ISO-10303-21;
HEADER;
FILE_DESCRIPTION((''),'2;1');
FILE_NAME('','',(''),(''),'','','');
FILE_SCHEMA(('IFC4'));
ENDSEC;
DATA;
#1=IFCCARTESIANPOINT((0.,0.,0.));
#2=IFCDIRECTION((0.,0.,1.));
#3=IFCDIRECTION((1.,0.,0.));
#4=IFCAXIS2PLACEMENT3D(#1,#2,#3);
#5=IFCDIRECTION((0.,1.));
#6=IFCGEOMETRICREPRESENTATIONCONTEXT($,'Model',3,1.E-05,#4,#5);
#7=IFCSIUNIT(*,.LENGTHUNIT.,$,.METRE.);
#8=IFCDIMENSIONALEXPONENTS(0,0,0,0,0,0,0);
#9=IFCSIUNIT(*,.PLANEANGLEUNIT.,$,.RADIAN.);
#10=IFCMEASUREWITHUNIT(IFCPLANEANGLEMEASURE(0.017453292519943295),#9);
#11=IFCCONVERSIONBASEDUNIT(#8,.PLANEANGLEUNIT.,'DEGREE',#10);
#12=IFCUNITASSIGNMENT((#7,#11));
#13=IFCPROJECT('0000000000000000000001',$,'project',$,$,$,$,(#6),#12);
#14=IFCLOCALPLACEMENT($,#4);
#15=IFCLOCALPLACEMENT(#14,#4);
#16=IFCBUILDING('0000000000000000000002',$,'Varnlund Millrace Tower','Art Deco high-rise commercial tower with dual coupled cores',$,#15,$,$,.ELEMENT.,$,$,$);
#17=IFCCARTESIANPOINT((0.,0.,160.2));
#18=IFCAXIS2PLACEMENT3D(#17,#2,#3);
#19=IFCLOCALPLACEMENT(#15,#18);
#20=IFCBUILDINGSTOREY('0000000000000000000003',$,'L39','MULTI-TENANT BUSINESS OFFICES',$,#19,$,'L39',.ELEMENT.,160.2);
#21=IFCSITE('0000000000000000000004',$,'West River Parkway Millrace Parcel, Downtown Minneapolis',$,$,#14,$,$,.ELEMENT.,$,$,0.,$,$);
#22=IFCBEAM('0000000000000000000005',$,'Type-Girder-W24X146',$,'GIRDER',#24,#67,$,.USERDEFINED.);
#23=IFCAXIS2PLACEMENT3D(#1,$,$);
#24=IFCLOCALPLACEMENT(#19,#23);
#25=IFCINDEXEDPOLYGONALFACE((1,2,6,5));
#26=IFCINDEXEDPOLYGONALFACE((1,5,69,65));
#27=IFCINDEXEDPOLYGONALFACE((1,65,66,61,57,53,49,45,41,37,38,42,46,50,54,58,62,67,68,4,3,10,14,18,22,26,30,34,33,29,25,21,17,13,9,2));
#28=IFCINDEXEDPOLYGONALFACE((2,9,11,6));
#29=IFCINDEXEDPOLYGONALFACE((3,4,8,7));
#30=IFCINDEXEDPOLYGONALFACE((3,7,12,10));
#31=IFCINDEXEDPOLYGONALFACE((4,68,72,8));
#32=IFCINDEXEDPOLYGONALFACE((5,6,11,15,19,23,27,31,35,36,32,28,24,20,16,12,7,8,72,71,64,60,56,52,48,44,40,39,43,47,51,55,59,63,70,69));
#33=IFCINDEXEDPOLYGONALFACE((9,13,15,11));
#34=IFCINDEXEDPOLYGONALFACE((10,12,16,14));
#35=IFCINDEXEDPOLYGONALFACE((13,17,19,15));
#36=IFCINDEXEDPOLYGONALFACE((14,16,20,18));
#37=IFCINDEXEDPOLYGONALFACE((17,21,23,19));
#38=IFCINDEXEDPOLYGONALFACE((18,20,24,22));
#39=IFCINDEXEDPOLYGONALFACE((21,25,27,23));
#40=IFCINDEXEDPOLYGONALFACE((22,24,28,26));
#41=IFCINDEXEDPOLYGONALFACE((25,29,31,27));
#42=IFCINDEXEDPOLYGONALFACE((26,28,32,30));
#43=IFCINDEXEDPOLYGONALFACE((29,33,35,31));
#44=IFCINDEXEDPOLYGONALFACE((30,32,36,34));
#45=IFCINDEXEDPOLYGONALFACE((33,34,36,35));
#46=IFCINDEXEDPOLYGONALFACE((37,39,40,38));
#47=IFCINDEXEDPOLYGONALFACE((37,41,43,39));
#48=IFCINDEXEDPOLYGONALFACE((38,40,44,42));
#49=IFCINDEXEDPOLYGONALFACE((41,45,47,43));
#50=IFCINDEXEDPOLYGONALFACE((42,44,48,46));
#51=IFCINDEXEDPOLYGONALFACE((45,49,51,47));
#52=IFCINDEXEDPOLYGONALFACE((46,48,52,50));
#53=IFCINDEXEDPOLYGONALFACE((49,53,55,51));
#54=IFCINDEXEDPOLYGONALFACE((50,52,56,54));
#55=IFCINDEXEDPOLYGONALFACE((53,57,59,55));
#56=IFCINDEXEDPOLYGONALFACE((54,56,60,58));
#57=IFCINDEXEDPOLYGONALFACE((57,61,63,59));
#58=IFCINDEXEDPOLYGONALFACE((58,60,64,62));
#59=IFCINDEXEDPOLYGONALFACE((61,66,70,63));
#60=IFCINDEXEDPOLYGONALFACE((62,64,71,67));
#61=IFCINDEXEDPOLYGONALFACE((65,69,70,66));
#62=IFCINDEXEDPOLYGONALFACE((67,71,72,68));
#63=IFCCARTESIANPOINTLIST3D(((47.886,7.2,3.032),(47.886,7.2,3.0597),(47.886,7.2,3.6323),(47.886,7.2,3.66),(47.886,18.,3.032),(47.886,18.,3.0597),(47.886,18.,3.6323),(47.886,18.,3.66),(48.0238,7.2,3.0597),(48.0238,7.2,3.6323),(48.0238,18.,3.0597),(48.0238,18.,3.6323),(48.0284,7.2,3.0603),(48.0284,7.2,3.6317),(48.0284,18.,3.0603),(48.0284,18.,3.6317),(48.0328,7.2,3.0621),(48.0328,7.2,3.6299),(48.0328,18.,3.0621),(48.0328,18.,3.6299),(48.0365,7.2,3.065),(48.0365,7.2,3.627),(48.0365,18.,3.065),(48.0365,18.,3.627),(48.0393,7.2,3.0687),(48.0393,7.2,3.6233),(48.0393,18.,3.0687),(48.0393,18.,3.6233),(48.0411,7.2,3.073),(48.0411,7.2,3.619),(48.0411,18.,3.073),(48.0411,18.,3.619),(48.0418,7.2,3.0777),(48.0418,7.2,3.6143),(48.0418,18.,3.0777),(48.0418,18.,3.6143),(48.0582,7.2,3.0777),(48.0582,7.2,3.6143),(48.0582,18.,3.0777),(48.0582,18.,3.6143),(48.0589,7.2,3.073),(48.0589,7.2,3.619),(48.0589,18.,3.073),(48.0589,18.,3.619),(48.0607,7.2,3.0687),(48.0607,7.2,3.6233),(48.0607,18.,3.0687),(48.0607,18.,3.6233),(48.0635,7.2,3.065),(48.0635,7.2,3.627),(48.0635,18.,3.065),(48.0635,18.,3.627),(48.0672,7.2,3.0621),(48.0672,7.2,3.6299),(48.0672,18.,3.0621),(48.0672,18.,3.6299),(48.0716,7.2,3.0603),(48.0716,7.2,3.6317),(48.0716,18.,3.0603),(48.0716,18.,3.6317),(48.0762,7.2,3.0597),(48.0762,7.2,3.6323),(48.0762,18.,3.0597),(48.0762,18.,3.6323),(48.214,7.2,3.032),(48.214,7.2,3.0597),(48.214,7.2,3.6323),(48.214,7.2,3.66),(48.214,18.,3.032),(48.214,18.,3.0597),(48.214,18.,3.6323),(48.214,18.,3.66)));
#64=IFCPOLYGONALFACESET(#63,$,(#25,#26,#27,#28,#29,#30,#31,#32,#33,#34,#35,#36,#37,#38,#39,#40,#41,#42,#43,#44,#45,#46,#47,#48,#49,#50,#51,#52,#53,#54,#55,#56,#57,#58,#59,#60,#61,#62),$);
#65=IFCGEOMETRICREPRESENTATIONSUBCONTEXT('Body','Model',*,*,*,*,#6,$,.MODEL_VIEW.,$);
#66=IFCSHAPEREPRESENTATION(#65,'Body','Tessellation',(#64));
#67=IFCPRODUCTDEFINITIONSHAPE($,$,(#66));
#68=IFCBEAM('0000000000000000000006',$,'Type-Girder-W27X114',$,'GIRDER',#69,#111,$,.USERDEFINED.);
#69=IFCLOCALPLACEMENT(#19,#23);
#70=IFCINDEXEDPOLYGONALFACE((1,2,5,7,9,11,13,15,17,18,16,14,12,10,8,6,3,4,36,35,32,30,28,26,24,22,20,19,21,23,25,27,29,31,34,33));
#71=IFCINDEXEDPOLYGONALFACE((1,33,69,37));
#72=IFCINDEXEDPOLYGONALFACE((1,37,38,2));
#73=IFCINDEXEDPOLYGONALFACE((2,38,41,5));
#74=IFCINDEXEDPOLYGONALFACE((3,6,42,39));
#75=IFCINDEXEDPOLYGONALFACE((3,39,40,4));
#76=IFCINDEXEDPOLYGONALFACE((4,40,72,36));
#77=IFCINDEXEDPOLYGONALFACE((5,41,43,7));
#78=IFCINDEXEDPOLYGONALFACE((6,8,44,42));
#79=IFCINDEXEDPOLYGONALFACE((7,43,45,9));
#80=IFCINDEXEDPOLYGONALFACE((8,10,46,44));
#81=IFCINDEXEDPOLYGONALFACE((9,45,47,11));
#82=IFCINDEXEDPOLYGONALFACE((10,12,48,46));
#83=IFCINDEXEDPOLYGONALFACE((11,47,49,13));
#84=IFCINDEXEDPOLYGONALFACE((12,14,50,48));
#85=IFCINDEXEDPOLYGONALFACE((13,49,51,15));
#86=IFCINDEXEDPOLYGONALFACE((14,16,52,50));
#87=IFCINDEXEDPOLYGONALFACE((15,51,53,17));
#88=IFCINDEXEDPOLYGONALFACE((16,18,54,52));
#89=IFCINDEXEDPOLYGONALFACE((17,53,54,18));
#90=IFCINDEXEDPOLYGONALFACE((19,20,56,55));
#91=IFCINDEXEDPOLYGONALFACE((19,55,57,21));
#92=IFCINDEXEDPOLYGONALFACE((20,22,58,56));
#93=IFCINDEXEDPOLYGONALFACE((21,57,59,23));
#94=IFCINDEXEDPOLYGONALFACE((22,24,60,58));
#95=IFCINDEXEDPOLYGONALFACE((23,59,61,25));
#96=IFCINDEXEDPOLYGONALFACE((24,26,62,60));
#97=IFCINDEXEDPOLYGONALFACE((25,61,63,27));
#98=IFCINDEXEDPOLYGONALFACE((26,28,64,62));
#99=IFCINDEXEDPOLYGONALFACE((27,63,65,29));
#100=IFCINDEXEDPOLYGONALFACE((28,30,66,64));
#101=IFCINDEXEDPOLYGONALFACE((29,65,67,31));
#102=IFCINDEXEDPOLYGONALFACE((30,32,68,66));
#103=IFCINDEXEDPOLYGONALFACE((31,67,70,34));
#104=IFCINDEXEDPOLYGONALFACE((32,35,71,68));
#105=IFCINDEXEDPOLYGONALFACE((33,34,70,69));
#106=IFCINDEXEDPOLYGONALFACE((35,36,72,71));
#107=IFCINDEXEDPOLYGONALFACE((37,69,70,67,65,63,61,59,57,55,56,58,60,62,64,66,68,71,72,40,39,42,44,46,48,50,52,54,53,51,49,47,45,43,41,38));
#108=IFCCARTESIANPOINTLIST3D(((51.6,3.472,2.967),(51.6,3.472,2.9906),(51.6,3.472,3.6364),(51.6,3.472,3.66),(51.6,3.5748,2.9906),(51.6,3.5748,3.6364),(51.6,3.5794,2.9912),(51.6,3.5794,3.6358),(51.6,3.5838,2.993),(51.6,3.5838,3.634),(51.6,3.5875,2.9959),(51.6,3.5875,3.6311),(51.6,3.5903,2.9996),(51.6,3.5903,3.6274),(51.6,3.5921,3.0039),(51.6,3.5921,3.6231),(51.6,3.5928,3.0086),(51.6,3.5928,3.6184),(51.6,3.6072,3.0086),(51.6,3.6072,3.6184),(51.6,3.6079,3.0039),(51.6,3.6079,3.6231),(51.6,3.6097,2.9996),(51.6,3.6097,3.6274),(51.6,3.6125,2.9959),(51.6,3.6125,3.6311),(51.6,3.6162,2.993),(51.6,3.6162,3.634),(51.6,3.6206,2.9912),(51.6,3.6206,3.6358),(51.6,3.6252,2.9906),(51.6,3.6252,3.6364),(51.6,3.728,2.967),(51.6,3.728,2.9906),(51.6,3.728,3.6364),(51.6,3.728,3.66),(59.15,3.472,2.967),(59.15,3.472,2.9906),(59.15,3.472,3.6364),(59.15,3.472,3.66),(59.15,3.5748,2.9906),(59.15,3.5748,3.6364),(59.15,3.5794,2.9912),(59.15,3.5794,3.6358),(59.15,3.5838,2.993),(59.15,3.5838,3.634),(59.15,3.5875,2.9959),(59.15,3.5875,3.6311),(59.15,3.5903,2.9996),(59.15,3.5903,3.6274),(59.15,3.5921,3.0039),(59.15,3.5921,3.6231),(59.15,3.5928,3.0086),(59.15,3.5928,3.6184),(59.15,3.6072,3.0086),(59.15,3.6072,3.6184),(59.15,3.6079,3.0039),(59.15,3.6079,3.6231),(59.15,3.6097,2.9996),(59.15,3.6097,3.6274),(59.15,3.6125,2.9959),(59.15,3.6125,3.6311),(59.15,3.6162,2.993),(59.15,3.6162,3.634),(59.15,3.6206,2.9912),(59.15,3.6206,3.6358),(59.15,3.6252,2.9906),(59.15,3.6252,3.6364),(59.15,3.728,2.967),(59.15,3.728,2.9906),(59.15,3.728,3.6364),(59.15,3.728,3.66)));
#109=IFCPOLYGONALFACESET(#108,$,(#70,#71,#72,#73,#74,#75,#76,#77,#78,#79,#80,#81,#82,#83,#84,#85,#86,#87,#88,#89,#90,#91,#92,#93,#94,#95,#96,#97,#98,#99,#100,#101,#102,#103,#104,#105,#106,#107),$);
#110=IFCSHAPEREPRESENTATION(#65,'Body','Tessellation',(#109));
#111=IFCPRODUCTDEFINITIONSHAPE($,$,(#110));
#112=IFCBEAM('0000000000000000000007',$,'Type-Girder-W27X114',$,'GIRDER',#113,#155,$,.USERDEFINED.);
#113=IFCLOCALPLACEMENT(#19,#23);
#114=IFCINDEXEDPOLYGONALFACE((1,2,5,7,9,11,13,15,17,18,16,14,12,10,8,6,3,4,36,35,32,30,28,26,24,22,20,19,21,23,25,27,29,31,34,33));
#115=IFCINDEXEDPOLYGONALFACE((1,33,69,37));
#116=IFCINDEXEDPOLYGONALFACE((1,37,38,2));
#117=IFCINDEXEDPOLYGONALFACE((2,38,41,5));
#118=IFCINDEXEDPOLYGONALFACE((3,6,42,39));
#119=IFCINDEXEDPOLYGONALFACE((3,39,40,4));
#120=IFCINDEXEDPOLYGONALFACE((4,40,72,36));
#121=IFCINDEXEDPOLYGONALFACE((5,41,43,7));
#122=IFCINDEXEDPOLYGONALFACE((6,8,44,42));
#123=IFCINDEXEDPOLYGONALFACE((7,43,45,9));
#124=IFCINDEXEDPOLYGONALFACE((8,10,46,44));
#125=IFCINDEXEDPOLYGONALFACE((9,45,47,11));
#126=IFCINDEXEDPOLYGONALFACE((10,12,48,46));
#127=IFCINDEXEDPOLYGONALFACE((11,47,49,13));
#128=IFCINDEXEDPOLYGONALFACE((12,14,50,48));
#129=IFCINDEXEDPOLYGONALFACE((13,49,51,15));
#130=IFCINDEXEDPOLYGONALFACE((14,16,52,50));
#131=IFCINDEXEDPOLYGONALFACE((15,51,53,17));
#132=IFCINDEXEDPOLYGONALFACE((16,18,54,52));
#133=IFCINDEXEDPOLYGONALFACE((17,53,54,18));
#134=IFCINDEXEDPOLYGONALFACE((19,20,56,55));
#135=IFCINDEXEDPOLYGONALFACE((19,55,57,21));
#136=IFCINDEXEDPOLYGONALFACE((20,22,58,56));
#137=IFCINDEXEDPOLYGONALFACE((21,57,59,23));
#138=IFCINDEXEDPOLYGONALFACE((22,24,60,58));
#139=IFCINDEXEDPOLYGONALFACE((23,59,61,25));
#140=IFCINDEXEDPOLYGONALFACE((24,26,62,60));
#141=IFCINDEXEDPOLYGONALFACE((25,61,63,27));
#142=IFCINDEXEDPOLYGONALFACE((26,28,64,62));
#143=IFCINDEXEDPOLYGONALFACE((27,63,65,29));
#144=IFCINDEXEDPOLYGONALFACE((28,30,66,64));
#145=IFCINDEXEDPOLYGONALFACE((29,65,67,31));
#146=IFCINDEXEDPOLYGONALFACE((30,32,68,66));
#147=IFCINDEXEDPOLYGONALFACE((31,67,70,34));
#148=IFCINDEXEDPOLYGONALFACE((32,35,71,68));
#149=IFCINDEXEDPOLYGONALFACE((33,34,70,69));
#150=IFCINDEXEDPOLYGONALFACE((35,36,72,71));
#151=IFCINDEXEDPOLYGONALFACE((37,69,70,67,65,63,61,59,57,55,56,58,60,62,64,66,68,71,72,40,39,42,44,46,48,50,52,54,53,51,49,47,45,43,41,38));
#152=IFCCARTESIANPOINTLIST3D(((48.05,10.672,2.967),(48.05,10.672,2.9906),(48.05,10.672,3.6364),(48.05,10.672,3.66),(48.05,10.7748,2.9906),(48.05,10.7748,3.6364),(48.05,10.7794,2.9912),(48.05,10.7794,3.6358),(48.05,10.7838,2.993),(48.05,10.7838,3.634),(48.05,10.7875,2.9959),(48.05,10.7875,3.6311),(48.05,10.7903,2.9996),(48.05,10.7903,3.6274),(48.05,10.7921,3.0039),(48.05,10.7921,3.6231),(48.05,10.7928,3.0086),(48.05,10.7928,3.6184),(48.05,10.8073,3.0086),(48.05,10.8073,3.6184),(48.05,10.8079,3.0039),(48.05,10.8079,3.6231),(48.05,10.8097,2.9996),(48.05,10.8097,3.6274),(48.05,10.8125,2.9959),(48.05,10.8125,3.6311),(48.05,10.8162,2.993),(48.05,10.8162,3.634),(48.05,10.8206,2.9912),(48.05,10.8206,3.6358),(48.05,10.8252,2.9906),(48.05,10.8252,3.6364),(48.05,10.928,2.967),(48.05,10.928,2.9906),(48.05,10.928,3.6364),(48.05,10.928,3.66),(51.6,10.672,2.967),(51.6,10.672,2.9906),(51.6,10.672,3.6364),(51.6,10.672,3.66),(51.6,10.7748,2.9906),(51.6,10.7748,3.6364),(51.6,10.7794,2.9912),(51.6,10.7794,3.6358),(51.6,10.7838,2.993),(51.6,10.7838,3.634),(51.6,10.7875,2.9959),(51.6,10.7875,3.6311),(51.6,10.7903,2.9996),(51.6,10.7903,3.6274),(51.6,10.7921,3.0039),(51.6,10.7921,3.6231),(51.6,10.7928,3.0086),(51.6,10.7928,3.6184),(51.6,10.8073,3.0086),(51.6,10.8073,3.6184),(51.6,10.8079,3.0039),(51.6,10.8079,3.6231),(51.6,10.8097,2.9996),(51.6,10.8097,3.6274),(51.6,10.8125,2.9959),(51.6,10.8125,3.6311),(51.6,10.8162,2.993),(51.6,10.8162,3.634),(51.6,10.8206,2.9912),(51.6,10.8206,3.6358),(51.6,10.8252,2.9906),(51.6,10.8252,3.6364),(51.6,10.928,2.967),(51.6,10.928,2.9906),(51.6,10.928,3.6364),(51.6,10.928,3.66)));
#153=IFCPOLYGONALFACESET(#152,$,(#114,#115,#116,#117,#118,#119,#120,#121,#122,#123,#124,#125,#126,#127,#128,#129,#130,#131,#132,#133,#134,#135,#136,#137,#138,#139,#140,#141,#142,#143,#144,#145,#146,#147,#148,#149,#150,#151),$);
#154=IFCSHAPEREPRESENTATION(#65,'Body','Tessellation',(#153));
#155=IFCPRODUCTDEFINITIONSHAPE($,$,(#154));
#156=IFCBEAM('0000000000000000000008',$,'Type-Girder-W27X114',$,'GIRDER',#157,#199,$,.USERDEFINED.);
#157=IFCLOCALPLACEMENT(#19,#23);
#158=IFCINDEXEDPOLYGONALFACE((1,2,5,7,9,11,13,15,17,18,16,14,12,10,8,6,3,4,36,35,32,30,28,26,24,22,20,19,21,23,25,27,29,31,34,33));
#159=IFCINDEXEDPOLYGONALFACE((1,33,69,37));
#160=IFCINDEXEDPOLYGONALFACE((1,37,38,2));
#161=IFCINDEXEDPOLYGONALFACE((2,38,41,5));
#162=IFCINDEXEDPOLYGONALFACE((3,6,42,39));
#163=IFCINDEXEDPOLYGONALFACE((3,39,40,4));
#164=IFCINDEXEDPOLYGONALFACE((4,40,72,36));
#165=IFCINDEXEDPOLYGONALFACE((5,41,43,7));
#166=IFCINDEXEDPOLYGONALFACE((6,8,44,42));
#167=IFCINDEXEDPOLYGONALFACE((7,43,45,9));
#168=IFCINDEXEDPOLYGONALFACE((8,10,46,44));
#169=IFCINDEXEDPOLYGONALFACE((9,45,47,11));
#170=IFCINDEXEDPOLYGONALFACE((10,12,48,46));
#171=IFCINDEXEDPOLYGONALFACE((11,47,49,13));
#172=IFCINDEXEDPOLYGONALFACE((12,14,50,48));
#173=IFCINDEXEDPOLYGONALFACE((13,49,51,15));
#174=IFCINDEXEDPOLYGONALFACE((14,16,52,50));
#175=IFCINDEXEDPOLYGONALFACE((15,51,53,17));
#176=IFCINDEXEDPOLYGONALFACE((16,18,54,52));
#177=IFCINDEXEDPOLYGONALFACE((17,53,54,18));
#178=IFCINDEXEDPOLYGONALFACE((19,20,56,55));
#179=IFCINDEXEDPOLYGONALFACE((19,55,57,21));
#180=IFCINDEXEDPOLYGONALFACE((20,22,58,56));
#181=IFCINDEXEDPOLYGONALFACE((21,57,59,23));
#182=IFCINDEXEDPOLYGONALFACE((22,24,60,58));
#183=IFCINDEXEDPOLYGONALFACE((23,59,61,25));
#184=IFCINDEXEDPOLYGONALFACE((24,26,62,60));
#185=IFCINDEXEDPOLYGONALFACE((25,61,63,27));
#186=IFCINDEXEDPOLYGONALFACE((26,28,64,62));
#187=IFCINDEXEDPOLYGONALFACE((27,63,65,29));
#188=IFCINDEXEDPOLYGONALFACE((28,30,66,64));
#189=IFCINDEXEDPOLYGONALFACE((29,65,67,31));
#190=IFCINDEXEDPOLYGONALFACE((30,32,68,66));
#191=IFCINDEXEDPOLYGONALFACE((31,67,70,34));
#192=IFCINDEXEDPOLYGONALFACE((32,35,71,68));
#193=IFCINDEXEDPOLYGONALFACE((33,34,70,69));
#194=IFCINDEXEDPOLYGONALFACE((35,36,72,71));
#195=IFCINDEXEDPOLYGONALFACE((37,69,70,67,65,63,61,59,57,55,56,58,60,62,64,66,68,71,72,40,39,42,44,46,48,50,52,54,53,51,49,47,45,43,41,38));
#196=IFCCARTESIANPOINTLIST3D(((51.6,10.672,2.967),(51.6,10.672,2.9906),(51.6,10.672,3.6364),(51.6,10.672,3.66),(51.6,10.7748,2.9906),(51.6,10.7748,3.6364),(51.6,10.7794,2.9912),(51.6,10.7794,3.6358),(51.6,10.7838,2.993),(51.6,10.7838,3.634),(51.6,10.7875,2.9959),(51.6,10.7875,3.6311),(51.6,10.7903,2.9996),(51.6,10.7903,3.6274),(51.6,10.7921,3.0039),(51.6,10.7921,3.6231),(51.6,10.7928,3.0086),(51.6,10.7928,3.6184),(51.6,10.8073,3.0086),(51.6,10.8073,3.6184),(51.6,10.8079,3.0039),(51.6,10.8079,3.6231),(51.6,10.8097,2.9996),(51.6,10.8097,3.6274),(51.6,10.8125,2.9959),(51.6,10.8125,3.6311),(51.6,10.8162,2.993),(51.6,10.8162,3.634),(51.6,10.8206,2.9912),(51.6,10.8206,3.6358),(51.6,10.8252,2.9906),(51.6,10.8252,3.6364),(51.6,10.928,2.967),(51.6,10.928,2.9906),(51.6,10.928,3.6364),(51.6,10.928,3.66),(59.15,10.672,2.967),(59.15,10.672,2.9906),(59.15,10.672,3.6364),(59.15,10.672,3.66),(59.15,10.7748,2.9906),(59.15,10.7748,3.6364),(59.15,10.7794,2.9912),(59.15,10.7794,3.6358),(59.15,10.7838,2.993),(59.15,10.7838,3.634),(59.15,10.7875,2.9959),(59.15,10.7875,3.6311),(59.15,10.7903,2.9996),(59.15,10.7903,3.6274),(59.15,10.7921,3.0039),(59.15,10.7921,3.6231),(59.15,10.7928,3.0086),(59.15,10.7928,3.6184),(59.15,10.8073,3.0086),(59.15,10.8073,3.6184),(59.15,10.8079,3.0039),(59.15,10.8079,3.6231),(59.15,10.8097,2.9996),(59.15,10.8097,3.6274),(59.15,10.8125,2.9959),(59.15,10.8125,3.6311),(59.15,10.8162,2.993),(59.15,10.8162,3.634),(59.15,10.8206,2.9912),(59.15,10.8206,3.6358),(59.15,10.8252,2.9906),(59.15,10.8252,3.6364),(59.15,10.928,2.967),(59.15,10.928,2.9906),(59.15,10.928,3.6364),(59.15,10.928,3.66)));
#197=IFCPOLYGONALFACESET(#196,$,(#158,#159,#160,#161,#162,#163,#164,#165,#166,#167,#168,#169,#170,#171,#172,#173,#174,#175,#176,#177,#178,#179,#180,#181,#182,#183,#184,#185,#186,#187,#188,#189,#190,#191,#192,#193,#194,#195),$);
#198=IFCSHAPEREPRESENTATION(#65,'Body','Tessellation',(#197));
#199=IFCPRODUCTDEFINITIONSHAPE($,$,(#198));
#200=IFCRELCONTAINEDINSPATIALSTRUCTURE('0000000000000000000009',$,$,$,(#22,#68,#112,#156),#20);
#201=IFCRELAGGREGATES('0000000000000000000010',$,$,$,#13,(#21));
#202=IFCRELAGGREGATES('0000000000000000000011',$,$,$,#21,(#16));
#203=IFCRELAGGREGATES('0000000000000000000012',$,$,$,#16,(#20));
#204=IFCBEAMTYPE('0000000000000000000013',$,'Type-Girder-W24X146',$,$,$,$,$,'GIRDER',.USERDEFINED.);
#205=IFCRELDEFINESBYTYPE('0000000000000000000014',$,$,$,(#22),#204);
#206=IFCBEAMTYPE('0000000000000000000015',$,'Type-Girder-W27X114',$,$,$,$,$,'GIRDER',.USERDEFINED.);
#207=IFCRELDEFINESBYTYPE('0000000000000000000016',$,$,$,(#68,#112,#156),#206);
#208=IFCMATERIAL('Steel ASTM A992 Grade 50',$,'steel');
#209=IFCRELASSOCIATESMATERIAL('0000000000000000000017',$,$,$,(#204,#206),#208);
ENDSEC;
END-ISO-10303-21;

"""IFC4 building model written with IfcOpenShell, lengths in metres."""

from ifc_helpers import new_model, entity, si_unit, converted_unit, direction, frame, origin_with_axes, origin_2d_with_axis, place, context, subcontext, project, spatial, i_section, extrude, material, material_profile, profile_set, type_object, element, save


model = new_model("IFC4")

# Units and contexts
model_context = context("Model", 3, precision=1e-05, world=origin_with_axes(), true_north=direction((0.0, 1.0)))
body_context = subcontext(model_context, "Body", "Model", "MODEL_VIEW")
ifc_project = project(units=[si_unit("LENGTHUNIT", "METRE"), converted_unit("PLANEANGLEUNIT", "DEGREE", entity("IfcPlaneAngleMeasure", 0.017453292519943295), si_unit("PLANEANGLEUNIT", "RADIAN"), dimensions=[0, 0, 0, 0, 0, 0, 0])], contexts=[model_context])

# Site, building, storey
site_placement = place(None, origin_with_axes())
site = spatial("IfcSite", under=ifc_project, at=site_placement, Name="West River Parkway Millrace Parcel, Downtown Minneapolis", CompositionType="ELEMENT", RefElevation=0.0)
building_placement = place(site_placement, origin_with_axes())
building = spatial("IfcBuilding", under=site, at=building_placement, Name="Varnlund Millrace Tower", Description="Art Deco high-rise commercial tower with dual coupled cores", CompositionType="ELEMENT")
storey_placement = place(building_placement, frame((0.0, 0.0, 160.2), z_axis=(0.0, 0.0, 1.0), x_axis=(1.0, 0.0, 0.0)))
storey = spatial("IfcBuildingStorey", under=building, at=storey_placement, Name="L39", Description="MULTI-TENANT BUSINESS OFFICES", LongName="L39", CompositionType="ELEMENT", Elevation=160.2)

# Beams
ifc_material_1 = material(Name="Steel ASTM A992 Grade 50", Category="steel")
ifc_material_profile_1 = material_profile(ifc_material_1, i_section(OverallWidth=0.328, OverallDepth=0.628, WebThickness=0.0165, FlangeThickness=0.0277, FilletRadius=0.018, at=origin_2d_with_axis()), Name="Steel ASTM A992 Grade 50")
ifc_profile_set_1 = profile_set([ifc_material_profile_1], Name="Steel ASTM A992 Grade 50")
beam_type_1 = type_object("IfcBeamType", Name="Type-Girder-W24X146", ElementType="GIRDER", PredefinedType="USERDEFINED", material=ifc_profile_set_1)
beam_1_placement = place(storey_placement, frame((48.05, 7.2, 3.346), z_axis=(0.0, 1.0, 0.0), x_axis=(-1.0, 0.0, 0.0)))
element("IfcBeam", 1, at=beam_1_placement, inside=storey, type_object=beam_type_1, Name="Type-Girder-W24X146", ObjectType="GIRDER", PredefinedType="USERDEFINED", context=body_context, shape_type="SweptSolid", body=[
    extrude(i_section(OverallWidth=0.328, OverallDepth=0.628, WebThickness=0.0165, FlangeThickness=0.0277, FilletRadius=0.018, at=origin_2d_with_axis()), origin_with_axes(), (0.0, 0.0, 1.0), 10.8),
])
ifc_material_profile_2 = material_profile(ifc_material_1, i_section(OverallWidth=0.256, OverallDepth=0.693, WebThickness=0.0145, FlangeThickness=0.0236, FilletRadius=0.018, at=origin_2d_with_axis()), Name="Steel ASTM A992 Grade 50")
ifc_profile_set_2 = profile_set([ifc_material_profile_2], Name="Steel ASTM A992 Grade 50")
beam_type_2 = type_object("IfcBeamType", Name="Type-Girder-W27X114", ElementType="GIRDER", PredefinedType="USERDEFINED", material=ifc_profile_set_2)
beam_2_placement = place(storey_placement, frame((51.6, 3.6, 3.3135), z_axis=(1.0, 0.0, 0.0), x_axis=(0.0, 1.0, 0.0)))
element("IfcBeam", 2, at=beam_2_placement, inside=storey, type_object=beam_type_2, Name="Type-Girder-W27X114", ObjectType="GIRDER", PredefinedType="USERDEFINED", context=body_context, shape_type="SweptSolid", body=[
    extrude(i_section(OverallWidth=0.256, OverallDepth=0.693, WebThickness=0.0145, FlangeThickness=0.0236, FilletRadius=0.018, at=origin_2d_with_axis()), origin_with_axes(), (0.0, 0.0, 1.0), 7.55),
])
beam_3_placement = place(storey_placement, frame((48.05, 10.8, 3.3135), z_axis=(1.0, 0.0, 0.0), x_axis=(0.0, 1.0, 0.0)))
element("IfcBeam", 3, at=beam_3_placement, inside=storey, type_object=beam_type_2, Name="Type-Girder-W27X114", ObjectType="GIRDER", PredefinedType="USERDEFINED", context=body_context, shape_type="SweptSolid", body=[
    extrude(i_section(OverallWidth=0.256, OverallDepth=0.693, WebThickness=0.0145, FlangeThickness=0.0236, FilletRadius=0.018, at=origin_2d_with_axis()), origin_with_axes(), (0.0, 0.0, 1.0), 3.55),
])
beam_4_placement = place(storey_placement, frame((51.6, 10.8, 3.3135), z_axis=(1.0, 0.0, 0.0), x_axis=(0.0, 1.0, 0.0)))
element("IfcBeam", 4, at=beam_4_placement, inside=storey, type_object=beam_type_2, Name="Type-Girder-W27X114", ObjectType="GIRDER", PredefinedType="USERDEFINED", context=body_context, shape_type="SweptSolid", body=[
    extrude(i_section(OverallWidth=0.256, OverallDepth=0.693, WebThickness=0.0145, FlangeThickness=0.0236, FilletRadius=0.018, at=origin_2d_with_axis()), origin_with_axes(), (0.0, 0.0, 1.0), 7.55),
])

save(model, "model.ifc")
